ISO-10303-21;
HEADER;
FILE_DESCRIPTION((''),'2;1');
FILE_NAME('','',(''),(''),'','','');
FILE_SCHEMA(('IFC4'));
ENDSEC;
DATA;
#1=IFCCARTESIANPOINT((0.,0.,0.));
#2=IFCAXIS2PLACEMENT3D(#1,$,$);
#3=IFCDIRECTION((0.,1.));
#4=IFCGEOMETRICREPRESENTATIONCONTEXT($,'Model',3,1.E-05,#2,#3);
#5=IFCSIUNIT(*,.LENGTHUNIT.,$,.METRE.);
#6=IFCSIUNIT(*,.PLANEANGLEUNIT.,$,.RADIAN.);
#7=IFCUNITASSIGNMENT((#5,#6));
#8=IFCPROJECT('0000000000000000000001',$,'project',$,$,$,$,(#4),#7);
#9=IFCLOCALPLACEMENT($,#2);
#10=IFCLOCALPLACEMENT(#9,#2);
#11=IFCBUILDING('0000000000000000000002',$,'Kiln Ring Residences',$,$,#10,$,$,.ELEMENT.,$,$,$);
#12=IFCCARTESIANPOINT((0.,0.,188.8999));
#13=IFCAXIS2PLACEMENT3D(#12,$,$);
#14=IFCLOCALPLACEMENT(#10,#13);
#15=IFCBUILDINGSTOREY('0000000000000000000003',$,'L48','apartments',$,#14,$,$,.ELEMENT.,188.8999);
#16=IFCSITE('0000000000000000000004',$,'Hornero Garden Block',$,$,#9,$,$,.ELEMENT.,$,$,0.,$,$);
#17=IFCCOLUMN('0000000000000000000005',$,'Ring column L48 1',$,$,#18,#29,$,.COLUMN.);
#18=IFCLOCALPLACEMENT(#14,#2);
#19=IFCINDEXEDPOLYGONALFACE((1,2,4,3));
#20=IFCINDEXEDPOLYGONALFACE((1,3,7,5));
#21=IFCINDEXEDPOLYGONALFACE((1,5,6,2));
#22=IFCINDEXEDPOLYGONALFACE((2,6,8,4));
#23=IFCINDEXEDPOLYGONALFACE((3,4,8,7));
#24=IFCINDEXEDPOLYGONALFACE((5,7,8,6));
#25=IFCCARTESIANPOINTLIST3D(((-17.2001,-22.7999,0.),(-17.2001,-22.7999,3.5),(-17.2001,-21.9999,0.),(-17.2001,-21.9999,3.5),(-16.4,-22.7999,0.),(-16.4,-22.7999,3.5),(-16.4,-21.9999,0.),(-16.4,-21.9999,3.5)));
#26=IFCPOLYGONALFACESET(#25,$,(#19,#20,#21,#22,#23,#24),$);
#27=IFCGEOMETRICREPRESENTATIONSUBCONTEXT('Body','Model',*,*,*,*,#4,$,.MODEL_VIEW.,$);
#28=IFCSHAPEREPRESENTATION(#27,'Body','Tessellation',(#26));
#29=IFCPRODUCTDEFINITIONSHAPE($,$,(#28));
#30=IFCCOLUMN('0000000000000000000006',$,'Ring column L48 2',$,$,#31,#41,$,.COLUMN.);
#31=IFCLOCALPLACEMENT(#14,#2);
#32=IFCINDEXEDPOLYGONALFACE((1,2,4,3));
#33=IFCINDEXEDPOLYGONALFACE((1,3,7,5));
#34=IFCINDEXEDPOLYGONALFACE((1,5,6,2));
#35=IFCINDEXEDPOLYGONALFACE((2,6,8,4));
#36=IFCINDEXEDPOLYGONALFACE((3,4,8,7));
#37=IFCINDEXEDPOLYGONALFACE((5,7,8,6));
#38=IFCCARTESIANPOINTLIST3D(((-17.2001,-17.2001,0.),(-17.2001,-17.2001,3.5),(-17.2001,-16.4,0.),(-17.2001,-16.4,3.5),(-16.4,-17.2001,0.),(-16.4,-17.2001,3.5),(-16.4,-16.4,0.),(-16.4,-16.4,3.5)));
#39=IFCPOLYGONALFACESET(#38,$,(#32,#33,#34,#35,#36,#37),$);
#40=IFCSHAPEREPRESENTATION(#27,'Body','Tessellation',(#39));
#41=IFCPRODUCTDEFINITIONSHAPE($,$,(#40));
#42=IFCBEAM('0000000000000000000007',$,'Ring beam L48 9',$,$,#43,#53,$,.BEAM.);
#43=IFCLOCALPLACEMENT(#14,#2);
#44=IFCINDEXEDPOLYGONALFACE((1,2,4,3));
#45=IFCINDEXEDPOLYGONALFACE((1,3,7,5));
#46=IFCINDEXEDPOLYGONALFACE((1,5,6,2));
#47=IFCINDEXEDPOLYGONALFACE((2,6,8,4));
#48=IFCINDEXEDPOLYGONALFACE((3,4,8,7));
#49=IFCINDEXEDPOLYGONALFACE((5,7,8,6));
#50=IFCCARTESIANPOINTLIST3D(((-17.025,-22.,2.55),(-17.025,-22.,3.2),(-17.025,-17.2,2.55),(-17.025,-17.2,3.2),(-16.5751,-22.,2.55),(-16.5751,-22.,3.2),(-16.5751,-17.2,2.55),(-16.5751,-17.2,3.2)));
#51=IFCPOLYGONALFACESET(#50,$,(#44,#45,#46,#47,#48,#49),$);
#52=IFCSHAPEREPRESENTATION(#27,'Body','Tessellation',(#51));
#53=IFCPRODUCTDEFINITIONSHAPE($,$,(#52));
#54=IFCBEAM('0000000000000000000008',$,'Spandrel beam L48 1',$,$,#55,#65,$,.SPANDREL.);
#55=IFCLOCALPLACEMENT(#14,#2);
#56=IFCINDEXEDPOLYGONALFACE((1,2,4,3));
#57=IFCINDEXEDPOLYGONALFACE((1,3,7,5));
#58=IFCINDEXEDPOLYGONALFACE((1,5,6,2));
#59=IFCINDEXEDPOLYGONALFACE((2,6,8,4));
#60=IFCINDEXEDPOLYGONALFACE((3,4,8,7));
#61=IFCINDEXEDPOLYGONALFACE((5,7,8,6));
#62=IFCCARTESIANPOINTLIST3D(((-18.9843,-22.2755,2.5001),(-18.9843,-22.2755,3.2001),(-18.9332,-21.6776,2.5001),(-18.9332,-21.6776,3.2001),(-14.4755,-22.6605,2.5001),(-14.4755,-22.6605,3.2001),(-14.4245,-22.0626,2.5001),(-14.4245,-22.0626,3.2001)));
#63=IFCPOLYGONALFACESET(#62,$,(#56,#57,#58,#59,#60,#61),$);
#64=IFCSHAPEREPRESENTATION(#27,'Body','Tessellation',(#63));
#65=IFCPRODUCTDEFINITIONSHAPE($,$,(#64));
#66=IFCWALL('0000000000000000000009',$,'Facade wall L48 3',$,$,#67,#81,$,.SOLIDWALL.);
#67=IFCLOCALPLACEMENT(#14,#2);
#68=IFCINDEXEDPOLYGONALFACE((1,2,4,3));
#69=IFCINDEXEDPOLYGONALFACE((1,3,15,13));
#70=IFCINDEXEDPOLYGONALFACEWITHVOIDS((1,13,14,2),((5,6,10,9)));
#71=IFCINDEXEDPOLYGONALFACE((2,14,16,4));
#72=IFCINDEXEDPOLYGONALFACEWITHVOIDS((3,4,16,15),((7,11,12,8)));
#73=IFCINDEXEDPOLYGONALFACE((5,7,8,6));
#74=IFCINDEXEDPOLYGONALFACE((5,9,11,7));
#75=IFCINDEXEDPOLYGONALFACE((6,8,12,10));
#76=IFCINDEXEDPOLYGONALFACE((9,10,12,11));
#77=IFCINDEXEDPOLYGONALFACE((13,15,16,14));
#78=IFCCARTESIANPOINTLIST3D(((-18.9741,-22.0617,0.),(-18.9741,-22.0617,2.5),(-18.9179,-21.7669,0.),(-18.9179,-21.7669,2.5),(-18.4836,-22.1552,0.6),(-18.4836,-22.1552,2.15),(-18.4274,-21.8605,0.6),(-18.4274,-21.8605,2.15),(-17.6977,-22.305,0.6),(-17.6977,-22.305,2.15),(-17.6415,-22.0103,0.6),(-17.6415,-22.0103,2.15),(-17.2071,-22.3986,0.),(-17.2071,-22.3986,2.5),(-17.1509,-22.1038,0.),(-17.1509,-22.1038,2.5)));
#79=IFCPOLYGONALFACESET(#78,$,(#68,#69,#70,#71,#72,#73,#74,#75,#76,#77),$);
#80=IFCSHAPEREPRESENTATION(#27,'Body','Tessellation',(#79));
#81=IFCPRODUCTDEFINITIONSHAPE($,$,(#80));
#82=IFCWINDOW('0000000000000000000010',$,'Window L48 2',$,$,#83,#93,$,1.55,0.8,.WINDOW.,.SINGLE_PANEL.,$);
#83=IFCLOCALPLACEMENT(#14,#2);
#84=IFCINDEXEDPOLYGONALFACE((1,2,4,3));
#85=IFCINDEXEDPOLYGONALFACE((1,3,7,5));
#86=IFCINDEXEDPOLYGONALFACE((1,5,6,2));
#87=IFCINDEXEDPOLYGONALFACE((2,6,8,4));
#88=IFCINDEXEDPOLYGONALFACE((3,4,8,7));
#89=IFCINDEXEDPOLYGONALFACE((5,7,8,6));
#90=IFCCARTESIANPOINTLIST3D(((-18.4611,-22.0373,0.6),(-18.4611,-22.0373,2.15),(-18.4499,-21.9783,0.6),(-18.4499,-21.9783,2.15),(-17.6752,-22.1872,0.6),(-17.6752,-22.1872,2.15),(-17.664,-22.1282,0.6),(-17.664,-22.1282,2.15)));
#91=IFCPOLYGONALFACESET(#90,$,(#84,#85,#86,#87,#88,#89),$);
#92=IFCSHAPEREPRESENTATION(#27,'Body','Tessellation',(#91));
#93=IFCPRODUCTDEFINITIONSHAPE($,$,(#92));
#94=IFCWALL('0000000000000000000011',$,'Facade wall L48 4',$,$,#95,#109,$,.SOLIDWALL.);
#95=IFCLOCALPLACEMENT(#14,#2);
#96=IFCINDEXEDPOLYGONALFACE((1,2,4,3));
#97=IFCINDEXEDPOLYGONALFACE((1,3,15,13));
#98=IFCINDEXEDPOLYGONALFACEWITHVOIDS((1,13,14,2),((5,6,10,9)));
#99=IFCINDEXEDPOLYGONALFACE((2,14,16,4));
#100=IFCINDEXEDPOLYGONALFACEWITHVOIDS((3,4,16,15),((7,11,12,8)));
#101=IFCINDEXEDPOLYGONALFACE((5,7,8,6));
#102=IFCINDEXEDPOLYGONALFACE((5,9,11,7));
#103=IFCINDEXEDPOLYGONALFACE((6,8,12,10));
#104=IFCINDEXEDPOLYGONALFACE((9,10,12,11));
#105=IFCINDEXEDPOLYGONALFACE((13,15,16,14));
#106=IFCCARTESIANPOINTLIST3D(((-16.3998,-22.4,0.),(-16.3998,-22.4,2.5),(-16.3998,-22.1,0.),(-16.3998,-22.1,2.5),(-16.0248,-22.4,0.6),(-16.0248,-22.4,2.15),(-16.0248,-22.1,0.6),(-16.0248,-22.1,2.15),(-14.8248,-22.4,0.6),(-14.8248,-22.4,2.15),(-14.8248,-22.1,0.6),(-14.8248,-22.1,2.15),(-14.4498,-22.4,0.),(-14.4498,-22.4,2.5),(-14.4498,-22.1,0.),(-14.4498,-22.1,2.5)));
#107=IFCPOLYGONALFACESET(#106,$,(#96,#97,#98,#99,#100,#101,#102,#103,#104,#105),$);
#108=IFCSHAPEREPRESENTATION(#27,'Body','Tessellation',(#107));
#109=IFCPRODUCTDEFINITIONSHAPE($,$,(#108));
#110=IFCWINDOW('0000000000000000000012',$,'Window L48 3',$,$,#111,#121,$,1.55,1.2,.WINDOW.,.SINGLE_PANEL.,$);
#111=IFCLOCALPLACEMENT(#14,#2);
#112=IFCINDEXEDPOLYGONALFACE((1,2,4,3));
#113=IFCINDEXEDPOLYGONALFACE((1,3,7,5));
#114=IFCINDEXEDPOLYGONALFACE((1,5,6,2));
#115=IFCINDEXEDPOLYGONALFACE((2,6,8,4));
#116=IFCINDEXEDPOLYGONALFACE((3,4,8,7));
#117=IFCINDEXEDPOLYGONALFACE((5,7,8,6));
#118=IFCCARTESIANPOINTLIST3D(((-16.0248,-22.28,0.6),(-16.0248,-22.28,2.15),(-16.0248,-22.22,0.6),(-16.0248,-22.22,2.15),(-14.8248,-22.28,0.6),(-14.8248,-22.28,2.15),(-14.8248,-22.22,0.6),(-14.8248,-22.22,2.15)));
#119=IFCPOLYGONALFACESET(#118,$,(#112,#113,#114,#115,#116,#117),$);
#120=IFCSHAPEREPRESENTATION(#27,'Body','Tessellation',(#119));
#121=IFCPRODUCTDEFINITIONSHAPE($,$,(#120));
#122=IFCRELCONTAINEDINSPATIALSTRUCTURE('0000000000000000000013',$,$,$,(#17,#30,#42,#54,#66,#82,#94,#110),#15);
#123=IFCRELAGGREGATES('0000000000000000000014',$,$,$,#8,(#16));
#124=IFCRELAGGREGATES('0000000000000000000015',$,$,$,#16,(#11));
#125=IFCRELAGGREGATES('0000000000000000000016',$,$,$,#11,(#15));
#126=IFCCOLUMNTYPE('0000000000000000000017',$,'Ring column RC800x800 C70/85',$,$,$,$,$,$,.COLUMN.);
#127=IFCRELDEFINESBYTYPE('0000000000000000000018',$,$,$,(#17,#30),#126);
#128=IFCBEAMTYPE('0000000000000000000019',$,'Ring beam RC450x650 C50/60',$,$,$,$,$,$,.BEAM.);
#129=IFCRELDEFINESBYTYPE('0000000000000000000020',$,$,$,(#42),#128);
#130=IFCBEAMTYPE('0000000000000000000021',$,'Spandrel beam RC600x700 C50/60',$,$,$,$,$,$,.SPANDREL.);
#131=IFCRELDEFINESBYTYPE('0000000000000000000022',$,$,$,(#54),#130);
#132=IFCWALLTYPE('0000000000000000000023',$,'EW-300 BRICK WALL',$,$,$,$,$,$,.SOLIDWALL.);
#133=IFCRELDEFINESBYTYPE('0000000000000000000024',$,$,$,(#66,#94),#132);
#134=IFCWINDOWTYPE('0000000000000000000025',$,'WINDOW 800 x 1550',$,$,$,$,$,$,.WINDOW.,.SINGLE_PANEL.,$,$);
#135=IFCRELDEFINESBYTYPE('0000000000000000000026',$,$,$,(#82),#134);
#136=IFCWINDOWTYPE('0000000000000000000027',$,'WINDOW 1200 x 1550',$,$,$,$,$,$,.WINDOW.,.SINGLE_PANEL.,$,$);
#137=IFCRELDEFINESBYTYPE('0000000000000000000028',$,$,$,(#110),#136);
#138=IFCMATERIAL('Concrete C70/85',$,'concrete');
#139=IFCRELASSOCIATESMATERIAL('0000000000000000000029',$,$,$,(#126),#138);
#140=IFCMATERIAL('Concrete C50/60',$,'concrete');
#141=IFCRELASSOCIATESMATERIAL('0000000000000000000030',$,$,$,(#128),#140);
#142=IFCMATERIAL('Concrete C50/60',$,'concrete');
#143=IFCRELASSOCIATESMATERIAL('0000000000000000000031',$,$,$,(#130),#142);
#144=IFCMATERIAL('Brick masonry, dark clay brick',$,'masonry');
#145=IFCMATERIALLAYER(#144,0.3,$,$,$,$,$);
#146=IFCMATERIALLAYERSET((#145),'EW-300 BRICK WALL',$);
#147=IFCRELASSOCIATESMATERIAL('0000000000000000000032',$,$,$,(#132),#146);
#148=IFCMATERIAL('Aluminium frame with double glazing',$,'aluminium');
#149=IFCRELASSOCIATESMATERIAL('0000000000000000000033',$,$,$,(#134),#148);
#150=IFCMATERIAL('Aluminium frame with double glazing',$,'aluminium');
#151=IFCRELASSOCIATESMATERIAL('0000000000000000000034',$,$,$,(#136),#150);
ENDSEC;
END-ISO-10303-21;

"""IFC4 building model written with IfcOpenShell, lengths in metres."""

from ifc_helpers import new_model, si_unit, direction, frame, frame_2d, origin, origin_2d, place, context, subcontext, project, spatial, rectangle, extrude, material, layer, layer_set, material_profile, profile_set, type_object, element, fill, save


model = new_model("IFC4")

# Units and contexts
model_context = context("Model", 3, precision=1e-05, world=origin(), true_north=direction((0.0, 1.0)))
body_context = subcontext(model_context, "Body", "Model", "MODEL_VIEW")
ifc_project = project(units=[si_unit("LENGTHUNIT", "METRE"), si_unit("PLANEANGLEUNIT", "RADIAN")], contexts=[model_context])

# Site, building, storey
site_placement = place(None, origin())
site = spatial("IfcSite", under=ifc_project, at=site_placement, Name="Hornero Garden Block", CompositionType="ELEMENT", RefElevation=0.0)
building_placement = place(site_placement, origin())
building = spatial("IfcBuilding", under=site, at=building_placement, Name="Kiln Ring Residences", CompositionType="ELEMENT")
storey_placement = place(building_placement, frame((0.0, 0.0, 188.8999)))
storey = spatial("IfcBuildingStorey", under=building, at=storey_placement, Name="L48", Description="apartments", CompositionType="ELEMENT", Elevation=188.8999)

# Columns
ifc_material_1 = material(Name="Concrete C70/85", Category="concrete")
ifc_material_profile_1 = material_profile(ifc_material_1, rectangle(XDim=0.8, YDim=0.8, at=origin_2d()), Name="RC800x800")
ifc_profile_set_1 = profile_set([ifc_material_profile_1], Name="Concrete C70/85")
column_type = type_object("IfcColumnType", Name="Ring column RC800x800 C70/85", PredefinedType="COLUMN", material=ifc_profile_set_1)
for number, where, z_axis, x_axis, name in (
    (1, (-16.8, -22.3999, 0.0), (0.0, 0.0, 1.0), (1.0, 0.0, 0.0), "Ring column L48 1"),
    (2, (-16.8, -16.8, 0.0), (0.0, 0.0, 1.0), (1.0, 0.0, 0.0), "Ring column L48 2"),
):
    element("IfcColumn", number, at=place(storey_placement, frame(where, z_axis=z_axis, x_axis=x_axis)), inside=storey, type_object=column_type, Name=name, PredefinedType="COLUMN", context=body_context, shape_type="SweptSolid", body=[
        extrude(rectangle(XDim=0.8, YDim=0.8, at=origin_2d()), origin(), (0.0, 0.0, 1.0), 3.5),
    ])

# Beams
ifc_material_2 = material(Name="Concrete C50/60", Category="concrete")
ifc_material_profile_2 = material_profile(ifc_material_2, rectangle(XDim=0.45, YDim=0.6499, at=origin_2d()), Name="RC450x650")
ifc_profile_set_2 = profile_set([ifc_material_profile_2], Name="Concrete C50/60")
beam_type_1 = type_object("IfcBeamType", Name="Ring beam RC450x650 C50/60", PredefinedType="BEAM", material=ifc_profile_set_2)
beam_1_placement = place(storey_placement, frame((-16.8, -17.2, 2.875), z_axis=(0.0, -1.0, 0.0), x_axis=(1.0, 0.0, 0.0)))
element("IfcBeam", 3, at=beam_1_placement, inside=storey, type_object=beam_type_1, Name="Ring beam L48 9", PredefinedType="BEAM", context=body_context, shape_type="SweptSolid", body=[
    extrude(rectangle(XDim=0.45, YDim=0.6499, at=origin_2d()), origin(), (0.0, 0.0, 1.0), 4.8),
])
ifc_material_3 = material(Name="Concrete C50/60", Category="concrete")
ifc_material_profile_3 = material_profile(ifc_material_3, rectangle(XDim=0.6001, YDim=0.7, at=origin_2d()), Name="RC600x700")
ifc_profile_set_3 = profile_set([ifc_material_profile_3], Name="Concrete C50/60")
beam_type_2 = type_object("IfcBeamType", Name="Spandrel beam RC600x700 C50/60", PredefinedType="SPANDREL", material=ifc_profile_set_3)
beam_2_placement = place(storey_placement, frame((-18.9587, -21.9766, 2.8501), z_axis=(0.996374, -0.085081, 0.0), x_axis=(0.085081, 0.996374, 0.0)))
element("IfcBeam", 4, at=beam_2_placement, inside=storey, type_object=beam_type_2, Name="Spandrel beam L48 1", PredefinedType="SPANDREL", context=body_context, shape_type="SweptSolid", body=[
    extrude(rectangle(XDim=0.6001, YDim=0.7, at=origin_2d()), origin(), (0.0, 0.0, 1.0), 4.5251),
])

# Walls, openings, windows
ifc_material_4 = material(Name="Brick masonry, dark clay brick", Category="masonry")
ifc_layer_1 = layer(ifc_material_4, 0.3)
ifc_layer_set_1 = layer_set([ifc_layer_1], Name="EW-300 BRICK WALL")
wall_type_1 = type_object("IfcWallType", Name="EW-300 BRICK WALL", PredefinedType="SOLIDWALL", material=ifc_layer_set_1)
wall_1_placement = place(storey_placement, frame((-18.946, -21.9143, 0.0), z_axis=(0.0, 0.0, 1.0), x_axis=(0.982305, -0.187287, 0.0)))
wall_1 = element("IfcWall", 5, at=wall_1_placement, inside=storey, type_object=wall_type_1, Name="Facade wall L48 3", PredefinedType="SOLIDWALL", context=body_context, shape_type="SweptSolid", body=[
    extrude(rectangle(XDim=1.7988, YDim=0.3, at=frame_2d((0.8994, 0.0))), origin(), (0.0, 0.0, 1.0), 2.5),
])
opening_1_placement = place(wall_1_placement, frame((0.4995, 0.0, 0.6001)))
opening_1 = element("IfcOpeningElement", 6, at=opening_1_placement, cuts=wall_1, PredefinedType="OPENING", context=body_context, shape_type="SweptSolid", body=[
    extrude(rectangle(XDim=0.8, YDim=1.55, at=frame_2d((0.3999, 0.7749))), frame((0.0, 0.1599, 0.0), z_axis=(0.0, -1.0, 0.0), x_axis=(1.0, 0.0, 0.0)), (0.0, 0.0, 1.0), 0.3201),
])
ifc_material_5 = material(Name="Aluminium frame with double glazing", Category="aluminium")
window_type_1 = type_object("IfcWindowType", Name="WINDOW 800 x 1550", PartitioningType="SINGLE_PANEL", PredefinedType="WINDOW", material=ifc_material_5)
window_1_placement = place(opening_1_placement, origin())
window_1 = element("IfcWindow", 7, at=window_1_placement, inside=storey, type_object=window_type_1, Name="Window L48 2", OverallHeight=1.55, OverallWidth=0.8, PartitioningType="SINGLE_PANEL", PredefinedType="WINDOW", context=body_context, shape_type="SweptSolid", body=[
    extrude(rectangle(XDim=0.8, YDim=1.55, at=frame_2d((0.3999, 0.7749))), frame((0.0, 0.03, 0.0), z_axis=(0.0, -1.0, 0.0), x_axis=(1.0, 0.0, 0.0)), (0.0, 0.0, 1.0), 0.0601),
])
fill(opening_1, window_1)
wall_2_placement = place(storey_placement, frame((-16.3999, -22.25, 0.0), z_axis=(0.0, 0.0, 1.0), x_axis=(1.0, 0.0, 0.0)))
wall_2 = element("IfcWall", 8, at=wall_2_placement, inside=storey, type_object=wall_type_1, Name="Facade wall L48 4", PredefinedType="SOLIDWALL", context=body_context, shape_type="SweptSolid", body=[
    extrude(rectangle(XDim=1.95, YDim=0.3, at=frame_2d((0.9751, 0.0))), origin(), (0.0, 0.0, 1.0), 2.5),
])
opening_2_placement = place(wall_2_placement, frame((0.375, 0.0, 0.6001)))
opening_2 = element("IfcOpeningElement", 9, at=opening_2_placement, cuts=wall_2, PredefinedType="OPENING", context=body_context, shape_type="SweptSolid", body=[
    extrude(rectangle(XDim=1.2, YDim=1.55, at=frame_2d((0.6001, 0.7749))), frame((0.0, 0.1599, 0.0), z_axis=(0.0, -1.0, 0.0), x_axis=(1.0, 0.0, 0.0)), (0.0, 0.0, 1.0), 0.3201),
])
ifc_material_6 = material(Name="Aluminium frame with double glazing", Category="aluminium")
window_type_2 = type_object("IfcWindowType", Name="WINDOW 1200 x 1550", PartitioningType="SINGLE_PANEL", PredefinedType="WINDOW", material=ifc_material_6)
window_2_placement = place(opening_2_placement, origin())
window_2 = element("IfcWindow", 10, at=window_2_placement, inside=storey, type_object=window_type_2, Name="Window L48 3", OverallHeight=1.55, OverallWidth=1.2, PartitioningType="SINGLE_PANEL", PredefinedType="WINDOW", context=body_context, shape_type="SweptSolid", body=[
    extrude(rectangle(XDim=1.2, YDim=1.55, at=frame_2d((0.6001, 0.7749))), frame((0.0, 0.03, 0.0), z_axis=(0.0, -1.0, 0.0), x_axis=(1.0, 0.0, 0.0)), (0.0, 0.0, 1.0), 0.0601),
])
fill(opening_2, window_2)

save(model, "model.ifc")
